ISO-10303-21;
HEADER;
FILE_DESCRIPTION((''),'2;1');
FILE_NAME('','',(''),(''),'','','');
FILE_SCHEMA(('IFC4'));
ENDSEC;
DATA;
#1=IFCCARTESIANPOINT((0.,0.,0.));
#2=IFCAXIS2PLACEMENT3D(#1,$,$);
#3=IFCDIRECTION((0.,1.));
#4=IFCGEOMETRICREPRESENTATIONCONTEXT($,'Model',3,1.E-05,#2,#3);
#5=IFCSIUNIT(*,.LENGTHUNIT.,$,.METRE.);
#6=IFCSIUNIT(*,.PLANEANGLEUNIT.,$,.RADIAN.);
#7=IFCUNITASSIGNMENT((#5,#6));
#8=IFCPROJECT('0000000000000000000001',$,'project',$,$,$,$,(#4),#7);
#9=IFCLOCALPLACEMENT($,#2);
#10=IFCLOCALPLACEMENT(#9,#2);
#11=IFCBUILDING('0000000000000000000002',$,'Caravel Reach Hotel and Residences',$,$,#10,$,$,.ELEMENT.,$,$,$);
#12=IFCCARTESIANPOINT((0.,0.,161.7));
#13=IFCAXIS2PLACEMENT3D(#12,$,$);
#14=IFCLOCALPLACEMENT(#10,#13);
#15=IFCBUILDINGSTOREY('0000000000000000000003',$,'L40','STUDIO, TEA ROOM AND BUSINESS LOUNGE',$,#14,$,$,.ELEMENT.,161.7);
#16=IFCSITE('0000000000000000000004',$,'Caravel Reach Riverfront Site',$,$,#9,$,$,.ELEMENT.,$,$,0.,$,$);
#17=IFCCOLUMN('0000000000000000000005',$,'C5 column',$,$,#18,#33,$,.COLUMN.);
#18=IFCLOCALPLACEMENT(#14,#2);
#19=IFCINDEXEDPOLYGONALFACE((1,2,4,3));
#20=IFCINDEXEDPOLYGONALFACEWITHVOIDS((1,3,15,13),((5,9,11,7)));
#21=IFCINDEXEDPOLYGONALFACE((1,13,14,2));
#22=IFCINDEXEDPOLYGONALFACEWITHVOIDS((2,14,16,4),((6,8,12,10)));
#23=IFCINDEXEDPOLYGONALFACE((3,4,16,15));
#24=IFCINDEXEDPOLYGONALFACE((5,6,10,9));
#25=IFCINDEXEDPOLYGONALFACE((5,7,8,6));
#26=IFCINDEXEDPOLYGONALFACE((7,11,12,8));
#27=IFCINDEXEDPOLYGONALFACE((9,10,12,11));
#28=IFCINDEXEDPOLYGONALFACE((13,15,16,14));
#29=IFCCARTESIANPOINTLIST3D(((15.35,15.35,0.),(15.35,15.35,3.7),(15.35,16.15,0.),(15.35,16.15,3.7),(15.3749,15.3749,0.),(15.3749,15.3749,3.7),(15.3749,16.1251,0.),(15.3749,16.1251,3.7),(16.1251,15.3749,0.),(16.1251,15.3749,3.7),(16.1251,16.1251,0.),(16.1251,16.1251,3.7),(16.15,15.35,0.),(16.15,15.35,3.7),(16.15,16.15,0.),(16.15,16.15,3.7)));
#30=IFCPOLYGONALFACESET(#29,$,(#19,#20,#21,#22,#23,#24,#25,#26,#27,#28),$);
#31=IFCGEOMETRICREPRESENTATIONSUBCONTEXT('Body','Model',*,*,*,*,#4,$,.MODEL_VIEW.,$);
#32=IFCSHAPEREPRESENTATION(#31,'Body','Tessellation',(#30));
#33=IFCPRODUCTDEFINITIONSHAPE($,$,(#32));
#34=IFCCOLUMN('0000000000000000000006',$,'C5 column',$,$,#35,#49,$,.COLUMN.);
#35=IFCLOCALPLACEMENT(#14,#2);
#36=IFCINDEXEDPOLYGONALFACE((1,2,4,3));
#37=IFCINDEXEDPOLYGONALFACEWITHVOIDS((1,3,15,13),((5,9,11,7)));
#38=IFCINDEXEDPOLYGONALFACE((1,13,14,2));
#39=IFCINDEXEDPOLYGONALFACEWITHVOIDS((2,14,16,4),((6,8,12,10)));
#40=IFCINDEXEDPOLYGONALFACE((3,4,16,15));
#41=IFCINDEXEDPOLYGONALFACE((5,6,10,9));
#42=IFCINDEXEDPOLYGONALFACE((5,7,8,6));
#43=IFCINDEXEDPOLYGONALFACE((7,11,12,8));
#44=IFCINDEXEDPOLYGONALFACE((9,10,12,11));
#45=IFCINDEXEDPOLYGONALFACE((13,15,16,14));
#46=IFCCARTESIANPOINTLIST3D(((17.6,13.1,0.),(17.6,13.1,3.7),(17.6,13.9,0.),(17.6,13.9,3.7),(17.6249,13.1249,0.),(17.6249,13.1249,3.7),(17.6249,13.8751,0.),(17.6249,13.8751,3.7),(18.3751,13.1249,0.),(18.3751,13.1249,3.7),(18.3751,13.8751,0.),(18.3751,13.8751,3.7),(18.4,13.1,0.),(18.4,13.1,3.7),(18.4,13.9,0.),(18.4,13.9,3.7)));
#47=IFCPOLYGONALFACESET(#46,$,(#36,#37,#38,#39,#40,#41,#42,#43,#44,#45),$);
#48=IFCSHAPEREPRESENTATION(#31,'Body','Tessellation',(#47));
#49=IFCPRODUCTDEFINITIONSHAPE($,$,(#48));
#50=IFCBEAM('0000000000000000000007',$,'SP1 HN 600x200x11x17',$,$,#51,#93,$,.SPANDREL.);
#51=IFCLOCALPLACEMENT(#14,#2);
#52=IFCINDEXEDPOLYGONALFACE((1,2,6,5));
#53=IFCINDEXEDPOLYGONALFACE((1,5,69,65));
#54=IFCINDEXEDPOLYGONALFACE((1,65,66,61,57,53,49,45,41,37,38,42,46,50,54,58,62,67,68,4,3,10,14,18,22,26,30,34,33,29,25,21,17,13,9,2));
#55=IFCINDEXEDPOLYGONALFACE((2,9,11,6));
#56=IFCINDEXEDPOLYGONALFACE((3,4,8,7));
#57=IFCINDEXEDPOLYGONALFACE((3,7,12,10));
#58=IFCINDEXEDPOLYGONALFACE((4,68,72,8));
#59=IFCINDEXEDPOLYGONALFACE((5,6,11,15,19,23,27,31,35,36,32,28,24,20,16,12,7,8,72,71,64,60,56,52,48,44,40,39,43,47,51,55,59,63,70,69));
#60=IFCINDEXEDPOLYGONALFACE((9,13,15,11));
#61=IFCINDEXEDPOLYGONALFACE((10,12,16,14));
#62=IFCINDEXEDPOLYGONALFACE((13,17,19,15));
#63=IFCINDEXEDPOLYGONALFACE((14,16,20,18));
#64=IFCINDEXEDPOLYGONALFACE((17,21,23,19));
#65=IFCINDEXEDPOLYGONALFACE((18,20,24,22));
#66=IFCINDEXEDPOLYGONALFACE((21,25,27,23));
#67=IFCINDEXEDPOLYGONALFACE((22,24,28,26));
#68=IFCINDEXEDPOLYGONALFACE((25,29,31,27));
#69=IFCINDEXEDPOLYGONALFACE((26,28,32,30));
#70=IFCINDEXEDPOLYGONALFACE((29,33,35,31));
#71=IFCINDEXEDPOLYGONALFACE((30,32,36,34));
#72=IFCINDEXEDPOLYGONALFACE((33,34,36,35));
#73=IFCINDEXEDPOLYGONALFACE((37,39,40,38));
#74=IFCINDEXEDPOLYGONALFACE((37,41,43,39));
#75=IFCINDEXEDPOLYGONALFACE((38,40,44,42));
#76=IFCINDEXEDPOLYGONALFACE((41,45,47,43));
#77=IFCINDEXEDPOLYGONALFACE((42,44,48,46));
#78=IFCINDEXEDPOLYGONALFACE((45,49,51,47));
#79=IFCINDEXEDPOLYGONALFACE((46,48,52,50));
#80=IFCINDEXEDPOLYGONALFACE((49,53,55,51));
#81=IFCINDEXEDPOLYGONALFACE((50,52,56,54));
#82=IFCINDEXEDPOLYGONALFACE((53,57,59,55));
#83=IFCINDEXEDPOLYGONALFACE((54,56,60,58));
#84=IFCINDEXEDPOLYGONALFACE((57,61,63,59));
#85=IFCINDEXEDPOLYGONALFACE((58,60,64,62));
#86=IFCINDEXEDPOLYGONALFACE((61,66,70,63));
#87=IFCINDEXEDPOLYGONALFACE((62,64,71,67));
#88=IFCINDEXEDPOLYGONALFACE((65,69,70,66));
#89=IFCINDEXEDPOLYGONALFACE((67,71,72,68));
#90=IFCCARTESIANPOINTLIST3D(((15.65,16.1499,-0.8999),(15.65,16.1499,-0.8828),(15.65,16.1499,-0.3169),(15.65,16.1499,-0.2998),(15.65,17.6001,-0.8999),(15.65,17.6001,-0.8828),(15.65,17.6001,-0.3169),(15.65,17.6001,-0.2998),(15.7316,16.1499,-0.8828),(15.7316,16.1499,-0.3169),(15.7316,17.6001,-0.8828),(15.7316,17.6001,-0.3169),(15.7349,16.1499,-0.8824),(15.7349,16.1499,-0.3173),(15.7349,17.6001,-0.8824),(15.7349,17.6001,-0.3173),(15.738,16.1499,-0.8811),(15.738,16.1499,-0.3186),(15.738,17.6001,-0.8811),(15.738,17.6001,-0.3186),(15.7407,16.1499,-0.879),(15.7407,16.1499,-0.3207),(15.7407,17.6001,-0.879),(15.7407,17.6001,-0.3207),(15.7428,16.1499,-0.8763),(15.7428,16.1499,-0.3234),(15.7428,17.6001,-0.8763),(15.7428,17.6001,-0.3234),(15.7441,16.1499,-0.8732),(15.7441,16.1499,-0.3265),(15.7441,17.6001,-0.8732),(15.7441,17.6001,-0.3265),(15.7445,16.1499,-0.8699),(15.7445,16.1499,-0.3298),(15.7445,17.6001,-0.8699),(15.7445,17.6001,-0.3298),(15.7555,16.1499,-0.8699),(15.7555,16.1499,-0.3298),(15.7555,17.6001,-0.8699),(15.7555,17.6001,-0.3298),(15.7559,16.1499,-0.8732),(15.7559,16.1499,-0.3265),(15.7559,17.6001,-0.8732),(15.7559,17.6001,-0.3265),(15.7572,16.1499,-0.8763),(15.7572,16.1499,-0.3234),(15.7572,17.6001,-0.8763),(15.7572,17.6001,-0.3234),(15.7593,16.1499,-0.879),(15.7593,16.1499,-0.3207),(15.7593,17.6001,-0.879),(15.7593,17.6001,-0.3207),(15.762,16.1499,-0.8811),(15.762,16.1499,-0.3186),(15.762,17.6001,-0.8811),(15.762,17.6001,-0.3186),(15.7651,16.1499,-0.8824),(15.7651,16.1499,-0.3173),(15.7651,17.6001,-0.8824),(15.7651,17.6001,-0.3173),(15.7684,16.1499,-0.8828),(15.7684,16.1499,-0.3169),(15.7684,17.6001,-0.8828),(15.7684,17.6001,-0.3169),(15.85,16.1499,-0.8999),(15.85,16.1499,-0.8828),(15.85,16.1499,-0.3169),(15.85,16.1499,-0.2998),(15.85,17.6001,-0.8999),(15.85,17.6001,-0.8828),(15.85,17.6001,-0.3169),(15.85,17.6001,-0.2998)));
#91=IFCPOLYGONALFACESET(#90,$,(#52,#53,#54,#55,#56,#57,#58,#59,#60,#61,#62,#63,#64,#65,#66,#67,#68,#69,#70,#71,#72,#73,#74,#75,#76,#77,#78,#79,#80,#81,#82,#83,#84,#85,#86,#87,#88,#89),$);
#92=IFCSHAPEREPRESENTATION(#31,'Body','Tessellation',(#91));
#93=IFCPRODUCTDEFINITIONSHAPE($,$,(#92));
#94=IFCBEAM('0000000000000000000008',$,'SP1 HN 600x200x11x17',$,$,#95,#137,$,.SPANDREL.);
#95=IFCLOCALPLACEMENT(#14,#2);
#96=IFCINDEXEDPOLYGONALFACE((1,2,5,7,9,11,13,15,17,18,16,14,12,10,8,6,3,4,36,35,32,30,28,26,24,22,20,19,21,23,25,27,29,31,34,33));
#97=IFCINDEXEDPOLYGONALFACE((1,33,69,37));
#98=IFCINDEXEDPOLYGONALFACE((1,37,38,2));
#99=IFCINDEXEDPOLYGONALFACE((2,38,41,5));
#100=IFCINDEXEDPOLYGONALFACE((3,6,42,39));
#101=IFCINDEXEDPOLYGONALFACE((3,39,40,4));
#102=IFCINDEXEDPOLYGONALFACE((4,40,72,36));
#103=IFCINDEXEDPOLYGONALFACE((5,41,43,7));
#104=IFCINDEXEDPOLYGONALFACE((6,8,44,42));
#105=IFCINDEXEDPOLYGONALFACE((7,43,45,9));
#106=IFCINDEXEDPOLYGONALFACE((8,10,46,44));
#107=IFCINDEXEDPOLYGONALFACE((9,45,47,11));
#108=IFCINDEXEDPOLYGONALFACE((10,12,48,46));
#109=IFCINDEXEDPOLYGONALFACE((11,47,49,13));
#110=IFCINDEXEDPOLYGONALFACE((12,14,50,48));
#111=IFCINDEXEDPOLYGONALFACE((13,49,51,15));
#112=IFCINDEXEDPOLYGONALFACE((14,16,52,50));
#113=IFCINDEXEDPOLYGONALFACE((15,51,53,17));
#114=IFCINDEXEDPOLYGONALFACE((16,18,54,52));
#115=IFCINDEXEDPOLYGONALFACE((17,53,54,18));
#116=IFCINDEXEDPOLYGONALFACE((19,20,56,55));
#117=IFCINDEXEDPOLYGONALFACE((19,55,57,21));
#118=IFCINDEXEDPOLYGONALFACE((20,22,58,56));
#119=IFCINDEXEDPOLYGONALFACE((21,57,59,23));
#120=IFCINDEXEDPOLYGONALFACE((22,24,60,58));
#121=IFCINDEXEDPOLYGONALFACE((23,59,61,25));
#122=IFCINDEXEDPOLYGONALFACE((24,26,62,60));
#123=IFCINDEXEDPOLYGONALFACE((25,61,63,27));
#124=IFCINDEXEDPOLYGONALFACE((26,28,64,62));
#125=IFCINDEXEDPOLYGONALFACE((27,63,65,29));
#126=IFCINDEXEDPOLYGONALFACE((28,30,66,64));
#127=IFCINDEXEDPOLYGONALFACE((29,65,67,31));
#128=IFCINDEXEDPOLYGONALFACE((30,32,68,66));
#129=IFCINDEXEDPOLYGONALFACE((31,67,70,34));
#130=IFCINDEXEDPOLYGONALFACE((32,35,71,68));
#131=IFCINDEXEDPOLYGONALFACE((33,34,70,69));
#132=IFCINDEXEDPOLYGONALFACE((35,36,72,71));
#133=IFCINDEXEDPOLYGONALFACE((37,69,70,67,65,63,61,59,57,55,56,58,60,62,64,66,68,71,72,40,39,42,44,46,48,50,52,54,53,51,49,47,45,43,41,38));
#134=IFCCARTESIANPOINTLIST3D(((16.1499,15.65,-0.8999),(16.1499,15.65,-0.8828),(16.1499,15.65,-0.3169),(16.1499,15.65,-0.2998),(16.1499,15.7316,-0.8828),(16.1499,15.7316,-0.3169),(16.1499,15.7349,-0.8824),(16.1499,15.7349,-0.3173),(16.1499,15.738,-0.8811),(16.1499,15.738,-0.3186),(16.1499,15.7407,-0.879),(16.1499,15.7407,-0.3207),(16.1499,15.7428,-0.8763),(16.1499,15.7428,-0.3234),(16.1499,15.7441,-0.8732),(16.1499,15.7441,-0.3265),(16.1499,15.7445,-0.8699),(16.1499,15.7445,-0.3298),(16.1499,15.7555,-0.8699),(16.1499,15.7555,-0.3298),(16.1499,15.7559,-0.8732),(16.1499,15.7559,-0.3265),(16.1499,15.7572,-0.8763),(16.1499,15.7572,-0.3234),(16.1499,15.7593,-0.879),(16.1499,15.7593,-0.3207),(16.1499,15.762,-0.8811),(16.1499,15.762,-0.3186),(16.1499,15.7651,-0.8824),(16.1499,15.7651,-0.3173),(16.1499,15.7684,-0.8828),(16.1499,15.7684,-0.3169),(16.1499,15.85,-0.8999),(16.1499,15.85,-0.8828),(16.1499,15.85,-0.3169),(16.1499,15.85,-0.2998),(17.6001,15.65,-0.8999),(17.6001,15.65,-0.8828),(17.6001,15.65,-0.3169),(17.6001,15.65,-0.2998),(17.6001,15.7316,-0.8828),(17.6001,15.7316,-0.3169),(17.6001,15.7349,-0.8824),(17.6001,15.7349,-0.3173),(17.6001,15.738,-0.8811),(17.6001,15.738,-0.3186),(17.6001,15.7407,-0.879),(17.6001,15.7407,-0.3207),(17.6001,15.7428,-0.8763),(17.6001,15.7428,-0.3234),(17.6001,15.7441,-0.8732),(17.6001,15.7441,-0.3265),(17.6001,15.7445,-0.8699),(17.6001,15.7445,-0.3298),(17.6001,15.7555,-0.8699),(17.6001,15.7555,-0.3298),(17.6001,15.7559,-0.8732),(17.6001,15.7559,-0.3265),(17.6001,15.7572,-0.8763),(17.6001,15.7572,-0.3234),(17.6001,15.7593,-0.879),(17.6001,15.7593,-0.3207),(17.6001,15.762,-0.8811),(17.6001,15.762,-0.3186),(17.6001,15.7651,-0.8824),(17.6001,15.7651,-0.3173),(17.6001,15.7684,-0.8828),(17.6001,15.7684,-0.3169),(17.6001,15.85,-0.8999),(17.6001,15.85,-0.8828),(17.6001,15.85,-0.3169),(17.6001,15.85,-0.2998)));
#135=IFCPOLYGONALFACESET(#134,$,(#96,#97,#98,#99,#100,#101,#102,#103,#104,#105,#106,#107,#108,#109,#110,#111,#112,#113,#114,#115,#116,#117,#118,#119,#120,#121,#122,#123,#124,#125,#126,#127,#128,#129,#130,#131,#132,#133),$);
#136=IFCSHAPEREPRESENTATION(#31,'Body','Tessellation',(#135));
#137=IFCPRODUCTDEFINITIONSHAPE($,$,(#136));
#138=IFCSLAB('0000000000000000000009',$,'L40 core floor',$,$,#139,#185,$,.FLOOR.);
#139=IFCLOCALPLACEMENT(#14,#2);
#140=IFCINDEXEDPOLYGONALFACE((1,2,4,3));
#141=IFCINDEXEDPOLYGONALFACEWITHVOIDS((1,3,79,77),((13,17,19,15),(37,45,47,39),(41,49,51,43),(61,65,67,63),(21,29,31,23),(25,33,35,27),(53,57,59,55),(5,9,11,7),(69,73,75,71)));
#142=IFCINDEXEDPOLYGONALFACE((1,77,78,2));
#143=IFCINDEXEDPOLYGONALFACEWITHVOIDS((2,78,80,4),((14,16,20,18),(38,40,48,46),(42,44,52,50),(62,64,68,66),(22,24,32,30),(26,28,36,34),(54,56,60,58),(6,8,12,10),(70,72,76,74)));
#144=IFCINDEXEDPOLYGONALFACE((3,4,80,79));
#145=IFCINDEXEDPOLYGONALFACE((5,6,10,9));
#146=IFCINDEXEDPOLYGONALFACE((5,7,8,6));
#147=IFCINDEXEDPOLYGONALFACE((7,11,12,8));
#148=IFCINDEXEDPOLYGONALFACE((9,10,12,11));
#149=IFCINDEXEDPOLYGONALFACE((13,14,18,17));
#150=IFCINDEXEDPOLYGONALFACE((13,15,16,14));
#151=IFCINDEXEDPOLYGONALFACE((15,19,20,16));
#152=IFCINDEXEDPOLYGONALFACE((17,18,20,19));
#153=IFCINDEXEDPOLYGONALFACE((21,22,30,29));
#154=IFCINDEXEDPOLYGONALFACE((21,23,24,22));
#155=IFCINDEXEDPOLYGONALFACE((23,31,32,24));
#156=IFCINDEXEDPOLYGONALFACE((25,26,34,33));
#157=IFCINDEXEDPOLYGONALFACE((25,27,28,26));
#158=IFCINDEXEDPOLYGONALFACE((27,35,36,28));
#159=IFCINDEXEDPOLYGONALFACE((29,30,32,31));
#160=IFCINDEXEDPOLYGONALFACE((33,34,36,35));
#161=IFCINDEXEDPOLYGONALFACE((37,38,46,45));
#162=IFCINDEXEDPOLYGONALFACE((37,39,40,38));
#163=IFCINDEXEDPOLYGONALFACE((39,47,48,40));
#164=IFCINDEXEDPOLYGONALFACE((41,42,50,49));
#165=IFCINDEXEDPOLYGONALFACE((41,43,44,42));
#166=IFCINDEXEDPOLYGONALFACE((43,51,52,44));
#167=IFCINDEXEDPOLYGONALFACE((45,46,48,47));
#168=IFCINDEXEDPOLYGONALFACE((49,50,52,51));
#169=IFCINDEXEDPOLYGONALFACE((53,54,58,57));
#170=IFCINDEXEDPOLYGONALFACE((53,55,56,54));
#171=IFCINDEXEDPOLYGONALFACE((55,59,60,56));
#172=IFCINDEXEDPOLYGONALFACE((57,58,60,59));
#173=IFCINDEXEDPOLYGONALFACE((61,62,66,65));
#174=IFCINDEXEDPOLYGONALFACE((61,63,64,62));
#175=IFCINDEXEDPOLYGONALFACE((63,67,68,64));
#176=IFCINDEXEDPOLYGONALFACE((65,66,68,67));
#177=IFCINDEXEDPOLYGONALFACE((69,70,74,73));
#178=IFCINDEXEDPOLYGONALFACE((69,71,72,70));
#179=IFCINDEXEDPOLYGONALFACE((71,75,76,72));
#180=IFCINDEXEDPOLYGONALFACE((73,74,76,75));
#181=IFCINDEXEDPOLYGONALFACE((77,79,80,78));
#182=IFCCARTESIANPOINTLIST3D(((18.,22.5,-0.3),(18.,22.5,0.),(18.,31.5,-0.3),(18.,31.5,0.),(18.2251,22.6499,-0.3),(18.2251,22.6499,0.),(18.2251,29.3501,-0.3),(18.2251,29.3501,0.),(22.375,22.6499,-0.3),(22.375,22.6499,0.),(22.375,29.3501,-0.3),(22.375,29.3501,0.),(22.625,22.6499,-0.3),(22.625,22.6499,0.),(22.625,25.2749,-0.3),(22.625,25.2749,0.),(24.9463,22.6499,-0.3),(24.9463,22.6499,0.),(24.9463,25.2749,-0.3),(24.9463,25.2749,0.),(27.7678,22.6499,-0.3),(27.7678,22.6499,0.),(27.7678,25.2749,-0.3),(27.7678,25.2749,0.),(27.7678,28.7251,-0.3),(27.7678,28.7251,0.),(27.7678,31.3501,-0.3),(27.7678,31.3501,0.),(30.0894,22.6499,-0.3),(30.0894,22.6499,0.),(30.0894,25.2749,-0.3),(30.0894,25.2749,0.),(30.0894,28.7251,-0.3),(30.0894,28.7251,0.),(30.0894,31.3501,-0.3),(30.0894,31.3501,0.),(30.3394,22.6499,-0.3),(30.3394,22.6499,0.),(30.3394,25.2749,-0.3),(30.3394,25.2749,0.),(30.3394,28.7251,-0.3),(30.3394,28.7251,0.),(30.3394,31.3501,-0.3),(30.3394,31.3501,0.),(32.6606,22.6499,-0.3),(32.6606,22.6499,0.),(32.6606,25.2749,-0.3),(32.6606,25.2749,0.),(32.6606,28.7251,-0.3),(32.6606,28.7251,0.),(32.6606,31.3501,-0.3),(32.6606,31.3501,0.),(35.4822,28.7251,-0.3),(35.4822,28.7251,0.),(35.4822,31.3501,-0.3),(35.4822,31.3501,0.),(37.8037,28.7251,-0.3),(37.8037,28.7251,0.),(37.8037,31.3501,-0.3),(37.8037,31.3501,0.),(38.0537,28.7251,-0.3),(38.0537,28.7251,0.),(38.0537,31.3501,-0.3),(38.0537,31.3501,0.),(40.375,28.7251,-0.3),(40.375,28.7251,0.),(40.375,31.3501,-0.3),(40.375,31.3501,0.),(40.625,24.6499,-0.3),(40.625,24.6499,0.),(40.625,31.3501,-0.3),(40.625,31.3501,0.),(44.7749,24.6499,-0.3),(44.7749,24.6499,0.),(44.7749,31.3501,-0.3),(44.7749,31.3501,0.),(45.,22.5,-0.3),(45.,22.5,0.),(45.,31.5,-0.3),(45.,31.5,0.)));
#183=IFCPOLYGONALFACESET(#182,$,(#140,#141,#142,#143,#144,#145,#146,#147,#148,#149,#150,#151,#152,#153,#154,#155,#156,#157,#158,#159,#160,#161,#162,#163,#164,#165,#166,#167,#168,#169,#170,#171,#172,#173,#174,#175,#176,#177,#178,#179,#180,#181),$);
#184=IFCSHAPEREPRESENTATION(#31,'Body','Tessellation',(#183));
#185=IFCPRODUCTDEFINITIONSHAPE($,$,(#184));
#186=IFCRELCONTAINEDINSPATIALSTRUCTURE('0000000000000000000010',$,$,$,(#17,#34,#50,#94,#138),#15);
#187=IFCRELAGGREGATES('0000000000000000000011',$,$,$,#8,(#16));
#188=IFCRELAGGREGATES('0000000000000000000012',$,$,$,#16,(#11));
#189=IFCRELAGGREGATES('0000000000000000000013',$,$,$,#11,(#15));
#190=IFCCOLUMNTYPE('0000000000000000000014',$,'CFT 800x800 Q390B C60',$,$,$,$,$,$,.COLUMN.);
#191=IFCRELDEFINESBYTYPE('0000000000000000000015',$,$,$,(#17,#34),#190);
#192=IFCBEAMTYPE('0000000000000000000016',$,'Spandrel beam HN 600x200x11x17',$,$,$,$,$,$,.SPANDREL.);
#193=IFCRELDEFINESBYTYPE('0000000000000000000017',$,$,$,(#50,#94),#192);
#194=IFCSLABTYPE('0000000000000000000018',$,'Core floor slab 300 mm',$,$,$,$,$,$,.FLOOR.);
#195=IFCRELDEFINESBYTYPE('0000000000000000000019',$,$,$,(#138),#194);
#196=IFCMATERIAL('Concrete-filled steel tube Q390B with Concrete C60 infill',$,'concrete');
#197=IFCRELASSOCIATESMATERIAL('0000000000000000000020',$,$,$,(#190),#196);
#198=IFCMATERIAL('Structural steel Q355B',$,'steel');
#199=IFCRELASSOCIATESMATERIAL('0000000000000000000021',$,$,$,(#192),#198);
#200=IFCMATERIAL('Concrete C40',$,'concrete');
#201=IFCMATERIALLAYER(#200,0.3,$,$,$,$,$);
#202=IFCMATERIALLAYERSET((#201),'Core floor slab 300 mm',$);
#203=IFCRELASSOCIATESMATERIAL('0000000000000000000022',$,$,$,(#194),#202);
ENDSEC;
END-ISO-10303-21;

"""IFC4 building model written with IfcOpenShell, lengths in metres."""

from ifc_helpers import new_model, si_unit, direction, frame, origin, origin_2d, place, context, subcontext, project, spatial, polyline, hollow_rectangle, i_section, outline, extrude, material, layer, layer_set, material_profile, profile_set, type_object, element, save


model = new_model("IFC4")

# Units and contexts
model_context = context("Model", 3, precision=1e-05, world=origin(), true_north=direction((0.0, 1.0)))
body_context = subcontext(model_context, "Body", "Model", "MODEL_VIEW")
ifc_project = project(units=[si_unit("LENGTHUNIT", "METRE"), si_unit("PLANEANGLEUNIT", "RADIAN")], contexts=[model_context])

# Site, building, storey
site_placement = place(None, origin())
site = spatial("IfcSite", under=ifc_project, at=site_placement, Name="Caravel Reach Riverfront Site", CompositionType="ELEMENT", RefElevation=0.0)
building_placement = place(site_placement, origin())
building = spatial("IfcBuilding", under=site, at=building_placement, Name="Caravel Reach Hotel and Residences", CompositionType="ELEMENT")
storey_placement = place(building_placement, frame((0.0, 0.0, 161.7)))
storey = spatial("IfcBuildingStorey", under=building, at=storey_placement, Name="L40", Description="STUDIO, TEA ROOM AND BUSINESS LOUNGE", CompositionType="ELEMENT", Elevation=161.7)

# Columns
ifc_material_1 = material(Name="Concrete-filled steel tube Q390B with Concrete C60 infill", Category="concrete")
ifc_material_profile_1 = material_profile(ifc_material_1, hollow_rectangle(XDim=0.8, YDim=0.8, WallThickness=0.0249, at=origin_2d()), Name="RHS 800x800x25")
ifc_profile_set_1 = profile_set([ifc_material_profile_1], Name="Concrete-filled steel tube Q390B with Concrete C60 infill")
column_type = type_object("IfcColumnType", Name="CFT 800x800 Q390B C60", PredefinedType="COLUMN", material=ifc_profile_set_1)
for number, where, z_axis, x_axis, name in (
    (1, (15.75, 15.75, 0.0), (0.0, 0.0, 1.0), (1.0, 0.0, 0.0), "C5 column"),
    (2, (18.0, 13.5, 0.0), (0.0, 0.0, 1.0), (1.0, 0.0, 0.0), "C5 column"),
):
    element("IfcColumn", number, at=place(storey_placement, frame(where, z_axis=z_axis, x_axis=x_axis)), inside=storey, type_object=column_type, Name=name, PredefinedType="COLUMN", context=body_context, shape_type="SweptSolid", body=[
        extrude(hollow_rectangle(XDim=0.8, YDim=0.8, WallThickness=0.0249, at=origin_2d()), origin(), (0.0, 0.0, 1.0), 3.7),
    ])

# Beams
ifc_material_2 = material(Name="Structural steel Q355B", Category="steel")
ifc_material_profile_2 = material_profile(ifc_material_2, i_section(OverallWidth=0.2, OverallDepth=0.6001, WebThickness=0.011, FlangeThickness=0.0171, FilletRadius=0.0129, at=origin_2d()), Name="HN 600x200x11x17")
ifc_profile_set_2 = profile_set([ifc_material_profile_2], Name="Structural steel Q355B")
beam_type = type_object("IfcBeamType", Name="Spandrel beam HN 600x200x11x17", PredefinedType="SPANDREL", material=ifc_profile_set_2)
for number, where, z_axis, x_axis, name in (
    (3, (15.75, 17.6001, -0.5999), (0.0, -1.0, 0.0), (1.0, 0.0, 0.0), "SP1 HN 600x200x11x17"),
    (4, (16.1499, 15.75, -0.5999), (1.0, 0.0, 0.0), (0.0, 1.0, 0.0), "SP1 HN 600x200x11x17"),
):
    element("IfcBeam", number, at=place(storey_placement, frame(where, z_axis=z_axis, x_axis=x_axis)), inside=storey, type_object=beam_type, Name=name, PredefinedType="SPANDREL", context=body_context, shape_type="SweptSolid", body=[
        extrude(i_section(OverallWidth=0.2, OverallDepth=0.6001, WebThickness=0.011, FlangeThickness=0.0171, FilletRadius=0.0129, at=origin_2d()), origin(), (0.0, 0.0, 1.0), 1.4502),
    ])

# Slab
ifc_material_3 = material(Name="Concrete C40", Category="concrete")
ifc_layer_1 = layer(ifc_material_3, 0.3)
ifc_layer_set_1 = layer_set([ifc_layer_1], Name="Core floor slab 300 mm")
slab_type_1 = type_object("IfcSlabType", Name="Core floor slab 300 mm", PredefinedType="FLOOR", material=ifc_layer_set_1)
slab_1_placement = place(storey_placement, frame((0.0, 0.0, -0.3)))
element("IfcSlab", 5, at=slab_1_placement, inside=storey, type_object=slab_type_1, Name="L40 core floor", PredefinedType="FLOOR", context=body_context, shape_type="SweptSolid", body=[
    extrude(outline(polyline([(18.0, 31.5), (45.0, 31.5), (45.0, 22.5), (18.0, 22.5), (18.0, 31.5)]), holes=[polyline([(22.625, 25.2749), (22.625, 22.6499), (24.9463, 22.6499), (24.9463, 25.2749), (22.625, 25.2749)]), polyline([(27.7678, 25.2749), (27.7678, 22.6499), (30.0894, 22.6499), (30.0894, 25.2749), (27.7678, 25.2749)]), polyline([(30.3394, 25.2749), (30.3394, 22.6499), (32.6606, 22.6499), (32.6606, 25.2749), (30.3394, 25.2749)]), polyline([(22.375, 22.6499), (22.375, 29.3501), (18.2251, 29.3501), (18.2251, 22.6499), (22.375, 22.6499)]), polyline([(40.625, 31.3501), (40.625, 24.6499), (44.7749, 24.6499), (44.7749, 31.3501), (40.625, 31.3501)]), polyline([(27.7678, 31.3501), (27.7678, 28.7251), (30.0894, 28.7251), (30.0894, 31.3501), (27.7678, 31.3501)]), polyline([(30.3394, 31.3501), (30.3394, 28.7251), (32.6606, 28.7251), (32.6606, 31.3501), (30.3394, 31.3501)]), polyline([(37.8037, 31.3501), (35.4822, 31.3501), (35.4822, 28.7251), (37.8037, 28.7251), (37.8037, 31.3501)]), polyline([(40.375, 31.3501), (38.0537, 31.3501), (38.0537, 28.7251), (40.375, 28.7251), (40.375, 31.3501)])]), origin(), (0.0, 0.0, 1.0), 0.3),
])

save(model, "model.ifc")
